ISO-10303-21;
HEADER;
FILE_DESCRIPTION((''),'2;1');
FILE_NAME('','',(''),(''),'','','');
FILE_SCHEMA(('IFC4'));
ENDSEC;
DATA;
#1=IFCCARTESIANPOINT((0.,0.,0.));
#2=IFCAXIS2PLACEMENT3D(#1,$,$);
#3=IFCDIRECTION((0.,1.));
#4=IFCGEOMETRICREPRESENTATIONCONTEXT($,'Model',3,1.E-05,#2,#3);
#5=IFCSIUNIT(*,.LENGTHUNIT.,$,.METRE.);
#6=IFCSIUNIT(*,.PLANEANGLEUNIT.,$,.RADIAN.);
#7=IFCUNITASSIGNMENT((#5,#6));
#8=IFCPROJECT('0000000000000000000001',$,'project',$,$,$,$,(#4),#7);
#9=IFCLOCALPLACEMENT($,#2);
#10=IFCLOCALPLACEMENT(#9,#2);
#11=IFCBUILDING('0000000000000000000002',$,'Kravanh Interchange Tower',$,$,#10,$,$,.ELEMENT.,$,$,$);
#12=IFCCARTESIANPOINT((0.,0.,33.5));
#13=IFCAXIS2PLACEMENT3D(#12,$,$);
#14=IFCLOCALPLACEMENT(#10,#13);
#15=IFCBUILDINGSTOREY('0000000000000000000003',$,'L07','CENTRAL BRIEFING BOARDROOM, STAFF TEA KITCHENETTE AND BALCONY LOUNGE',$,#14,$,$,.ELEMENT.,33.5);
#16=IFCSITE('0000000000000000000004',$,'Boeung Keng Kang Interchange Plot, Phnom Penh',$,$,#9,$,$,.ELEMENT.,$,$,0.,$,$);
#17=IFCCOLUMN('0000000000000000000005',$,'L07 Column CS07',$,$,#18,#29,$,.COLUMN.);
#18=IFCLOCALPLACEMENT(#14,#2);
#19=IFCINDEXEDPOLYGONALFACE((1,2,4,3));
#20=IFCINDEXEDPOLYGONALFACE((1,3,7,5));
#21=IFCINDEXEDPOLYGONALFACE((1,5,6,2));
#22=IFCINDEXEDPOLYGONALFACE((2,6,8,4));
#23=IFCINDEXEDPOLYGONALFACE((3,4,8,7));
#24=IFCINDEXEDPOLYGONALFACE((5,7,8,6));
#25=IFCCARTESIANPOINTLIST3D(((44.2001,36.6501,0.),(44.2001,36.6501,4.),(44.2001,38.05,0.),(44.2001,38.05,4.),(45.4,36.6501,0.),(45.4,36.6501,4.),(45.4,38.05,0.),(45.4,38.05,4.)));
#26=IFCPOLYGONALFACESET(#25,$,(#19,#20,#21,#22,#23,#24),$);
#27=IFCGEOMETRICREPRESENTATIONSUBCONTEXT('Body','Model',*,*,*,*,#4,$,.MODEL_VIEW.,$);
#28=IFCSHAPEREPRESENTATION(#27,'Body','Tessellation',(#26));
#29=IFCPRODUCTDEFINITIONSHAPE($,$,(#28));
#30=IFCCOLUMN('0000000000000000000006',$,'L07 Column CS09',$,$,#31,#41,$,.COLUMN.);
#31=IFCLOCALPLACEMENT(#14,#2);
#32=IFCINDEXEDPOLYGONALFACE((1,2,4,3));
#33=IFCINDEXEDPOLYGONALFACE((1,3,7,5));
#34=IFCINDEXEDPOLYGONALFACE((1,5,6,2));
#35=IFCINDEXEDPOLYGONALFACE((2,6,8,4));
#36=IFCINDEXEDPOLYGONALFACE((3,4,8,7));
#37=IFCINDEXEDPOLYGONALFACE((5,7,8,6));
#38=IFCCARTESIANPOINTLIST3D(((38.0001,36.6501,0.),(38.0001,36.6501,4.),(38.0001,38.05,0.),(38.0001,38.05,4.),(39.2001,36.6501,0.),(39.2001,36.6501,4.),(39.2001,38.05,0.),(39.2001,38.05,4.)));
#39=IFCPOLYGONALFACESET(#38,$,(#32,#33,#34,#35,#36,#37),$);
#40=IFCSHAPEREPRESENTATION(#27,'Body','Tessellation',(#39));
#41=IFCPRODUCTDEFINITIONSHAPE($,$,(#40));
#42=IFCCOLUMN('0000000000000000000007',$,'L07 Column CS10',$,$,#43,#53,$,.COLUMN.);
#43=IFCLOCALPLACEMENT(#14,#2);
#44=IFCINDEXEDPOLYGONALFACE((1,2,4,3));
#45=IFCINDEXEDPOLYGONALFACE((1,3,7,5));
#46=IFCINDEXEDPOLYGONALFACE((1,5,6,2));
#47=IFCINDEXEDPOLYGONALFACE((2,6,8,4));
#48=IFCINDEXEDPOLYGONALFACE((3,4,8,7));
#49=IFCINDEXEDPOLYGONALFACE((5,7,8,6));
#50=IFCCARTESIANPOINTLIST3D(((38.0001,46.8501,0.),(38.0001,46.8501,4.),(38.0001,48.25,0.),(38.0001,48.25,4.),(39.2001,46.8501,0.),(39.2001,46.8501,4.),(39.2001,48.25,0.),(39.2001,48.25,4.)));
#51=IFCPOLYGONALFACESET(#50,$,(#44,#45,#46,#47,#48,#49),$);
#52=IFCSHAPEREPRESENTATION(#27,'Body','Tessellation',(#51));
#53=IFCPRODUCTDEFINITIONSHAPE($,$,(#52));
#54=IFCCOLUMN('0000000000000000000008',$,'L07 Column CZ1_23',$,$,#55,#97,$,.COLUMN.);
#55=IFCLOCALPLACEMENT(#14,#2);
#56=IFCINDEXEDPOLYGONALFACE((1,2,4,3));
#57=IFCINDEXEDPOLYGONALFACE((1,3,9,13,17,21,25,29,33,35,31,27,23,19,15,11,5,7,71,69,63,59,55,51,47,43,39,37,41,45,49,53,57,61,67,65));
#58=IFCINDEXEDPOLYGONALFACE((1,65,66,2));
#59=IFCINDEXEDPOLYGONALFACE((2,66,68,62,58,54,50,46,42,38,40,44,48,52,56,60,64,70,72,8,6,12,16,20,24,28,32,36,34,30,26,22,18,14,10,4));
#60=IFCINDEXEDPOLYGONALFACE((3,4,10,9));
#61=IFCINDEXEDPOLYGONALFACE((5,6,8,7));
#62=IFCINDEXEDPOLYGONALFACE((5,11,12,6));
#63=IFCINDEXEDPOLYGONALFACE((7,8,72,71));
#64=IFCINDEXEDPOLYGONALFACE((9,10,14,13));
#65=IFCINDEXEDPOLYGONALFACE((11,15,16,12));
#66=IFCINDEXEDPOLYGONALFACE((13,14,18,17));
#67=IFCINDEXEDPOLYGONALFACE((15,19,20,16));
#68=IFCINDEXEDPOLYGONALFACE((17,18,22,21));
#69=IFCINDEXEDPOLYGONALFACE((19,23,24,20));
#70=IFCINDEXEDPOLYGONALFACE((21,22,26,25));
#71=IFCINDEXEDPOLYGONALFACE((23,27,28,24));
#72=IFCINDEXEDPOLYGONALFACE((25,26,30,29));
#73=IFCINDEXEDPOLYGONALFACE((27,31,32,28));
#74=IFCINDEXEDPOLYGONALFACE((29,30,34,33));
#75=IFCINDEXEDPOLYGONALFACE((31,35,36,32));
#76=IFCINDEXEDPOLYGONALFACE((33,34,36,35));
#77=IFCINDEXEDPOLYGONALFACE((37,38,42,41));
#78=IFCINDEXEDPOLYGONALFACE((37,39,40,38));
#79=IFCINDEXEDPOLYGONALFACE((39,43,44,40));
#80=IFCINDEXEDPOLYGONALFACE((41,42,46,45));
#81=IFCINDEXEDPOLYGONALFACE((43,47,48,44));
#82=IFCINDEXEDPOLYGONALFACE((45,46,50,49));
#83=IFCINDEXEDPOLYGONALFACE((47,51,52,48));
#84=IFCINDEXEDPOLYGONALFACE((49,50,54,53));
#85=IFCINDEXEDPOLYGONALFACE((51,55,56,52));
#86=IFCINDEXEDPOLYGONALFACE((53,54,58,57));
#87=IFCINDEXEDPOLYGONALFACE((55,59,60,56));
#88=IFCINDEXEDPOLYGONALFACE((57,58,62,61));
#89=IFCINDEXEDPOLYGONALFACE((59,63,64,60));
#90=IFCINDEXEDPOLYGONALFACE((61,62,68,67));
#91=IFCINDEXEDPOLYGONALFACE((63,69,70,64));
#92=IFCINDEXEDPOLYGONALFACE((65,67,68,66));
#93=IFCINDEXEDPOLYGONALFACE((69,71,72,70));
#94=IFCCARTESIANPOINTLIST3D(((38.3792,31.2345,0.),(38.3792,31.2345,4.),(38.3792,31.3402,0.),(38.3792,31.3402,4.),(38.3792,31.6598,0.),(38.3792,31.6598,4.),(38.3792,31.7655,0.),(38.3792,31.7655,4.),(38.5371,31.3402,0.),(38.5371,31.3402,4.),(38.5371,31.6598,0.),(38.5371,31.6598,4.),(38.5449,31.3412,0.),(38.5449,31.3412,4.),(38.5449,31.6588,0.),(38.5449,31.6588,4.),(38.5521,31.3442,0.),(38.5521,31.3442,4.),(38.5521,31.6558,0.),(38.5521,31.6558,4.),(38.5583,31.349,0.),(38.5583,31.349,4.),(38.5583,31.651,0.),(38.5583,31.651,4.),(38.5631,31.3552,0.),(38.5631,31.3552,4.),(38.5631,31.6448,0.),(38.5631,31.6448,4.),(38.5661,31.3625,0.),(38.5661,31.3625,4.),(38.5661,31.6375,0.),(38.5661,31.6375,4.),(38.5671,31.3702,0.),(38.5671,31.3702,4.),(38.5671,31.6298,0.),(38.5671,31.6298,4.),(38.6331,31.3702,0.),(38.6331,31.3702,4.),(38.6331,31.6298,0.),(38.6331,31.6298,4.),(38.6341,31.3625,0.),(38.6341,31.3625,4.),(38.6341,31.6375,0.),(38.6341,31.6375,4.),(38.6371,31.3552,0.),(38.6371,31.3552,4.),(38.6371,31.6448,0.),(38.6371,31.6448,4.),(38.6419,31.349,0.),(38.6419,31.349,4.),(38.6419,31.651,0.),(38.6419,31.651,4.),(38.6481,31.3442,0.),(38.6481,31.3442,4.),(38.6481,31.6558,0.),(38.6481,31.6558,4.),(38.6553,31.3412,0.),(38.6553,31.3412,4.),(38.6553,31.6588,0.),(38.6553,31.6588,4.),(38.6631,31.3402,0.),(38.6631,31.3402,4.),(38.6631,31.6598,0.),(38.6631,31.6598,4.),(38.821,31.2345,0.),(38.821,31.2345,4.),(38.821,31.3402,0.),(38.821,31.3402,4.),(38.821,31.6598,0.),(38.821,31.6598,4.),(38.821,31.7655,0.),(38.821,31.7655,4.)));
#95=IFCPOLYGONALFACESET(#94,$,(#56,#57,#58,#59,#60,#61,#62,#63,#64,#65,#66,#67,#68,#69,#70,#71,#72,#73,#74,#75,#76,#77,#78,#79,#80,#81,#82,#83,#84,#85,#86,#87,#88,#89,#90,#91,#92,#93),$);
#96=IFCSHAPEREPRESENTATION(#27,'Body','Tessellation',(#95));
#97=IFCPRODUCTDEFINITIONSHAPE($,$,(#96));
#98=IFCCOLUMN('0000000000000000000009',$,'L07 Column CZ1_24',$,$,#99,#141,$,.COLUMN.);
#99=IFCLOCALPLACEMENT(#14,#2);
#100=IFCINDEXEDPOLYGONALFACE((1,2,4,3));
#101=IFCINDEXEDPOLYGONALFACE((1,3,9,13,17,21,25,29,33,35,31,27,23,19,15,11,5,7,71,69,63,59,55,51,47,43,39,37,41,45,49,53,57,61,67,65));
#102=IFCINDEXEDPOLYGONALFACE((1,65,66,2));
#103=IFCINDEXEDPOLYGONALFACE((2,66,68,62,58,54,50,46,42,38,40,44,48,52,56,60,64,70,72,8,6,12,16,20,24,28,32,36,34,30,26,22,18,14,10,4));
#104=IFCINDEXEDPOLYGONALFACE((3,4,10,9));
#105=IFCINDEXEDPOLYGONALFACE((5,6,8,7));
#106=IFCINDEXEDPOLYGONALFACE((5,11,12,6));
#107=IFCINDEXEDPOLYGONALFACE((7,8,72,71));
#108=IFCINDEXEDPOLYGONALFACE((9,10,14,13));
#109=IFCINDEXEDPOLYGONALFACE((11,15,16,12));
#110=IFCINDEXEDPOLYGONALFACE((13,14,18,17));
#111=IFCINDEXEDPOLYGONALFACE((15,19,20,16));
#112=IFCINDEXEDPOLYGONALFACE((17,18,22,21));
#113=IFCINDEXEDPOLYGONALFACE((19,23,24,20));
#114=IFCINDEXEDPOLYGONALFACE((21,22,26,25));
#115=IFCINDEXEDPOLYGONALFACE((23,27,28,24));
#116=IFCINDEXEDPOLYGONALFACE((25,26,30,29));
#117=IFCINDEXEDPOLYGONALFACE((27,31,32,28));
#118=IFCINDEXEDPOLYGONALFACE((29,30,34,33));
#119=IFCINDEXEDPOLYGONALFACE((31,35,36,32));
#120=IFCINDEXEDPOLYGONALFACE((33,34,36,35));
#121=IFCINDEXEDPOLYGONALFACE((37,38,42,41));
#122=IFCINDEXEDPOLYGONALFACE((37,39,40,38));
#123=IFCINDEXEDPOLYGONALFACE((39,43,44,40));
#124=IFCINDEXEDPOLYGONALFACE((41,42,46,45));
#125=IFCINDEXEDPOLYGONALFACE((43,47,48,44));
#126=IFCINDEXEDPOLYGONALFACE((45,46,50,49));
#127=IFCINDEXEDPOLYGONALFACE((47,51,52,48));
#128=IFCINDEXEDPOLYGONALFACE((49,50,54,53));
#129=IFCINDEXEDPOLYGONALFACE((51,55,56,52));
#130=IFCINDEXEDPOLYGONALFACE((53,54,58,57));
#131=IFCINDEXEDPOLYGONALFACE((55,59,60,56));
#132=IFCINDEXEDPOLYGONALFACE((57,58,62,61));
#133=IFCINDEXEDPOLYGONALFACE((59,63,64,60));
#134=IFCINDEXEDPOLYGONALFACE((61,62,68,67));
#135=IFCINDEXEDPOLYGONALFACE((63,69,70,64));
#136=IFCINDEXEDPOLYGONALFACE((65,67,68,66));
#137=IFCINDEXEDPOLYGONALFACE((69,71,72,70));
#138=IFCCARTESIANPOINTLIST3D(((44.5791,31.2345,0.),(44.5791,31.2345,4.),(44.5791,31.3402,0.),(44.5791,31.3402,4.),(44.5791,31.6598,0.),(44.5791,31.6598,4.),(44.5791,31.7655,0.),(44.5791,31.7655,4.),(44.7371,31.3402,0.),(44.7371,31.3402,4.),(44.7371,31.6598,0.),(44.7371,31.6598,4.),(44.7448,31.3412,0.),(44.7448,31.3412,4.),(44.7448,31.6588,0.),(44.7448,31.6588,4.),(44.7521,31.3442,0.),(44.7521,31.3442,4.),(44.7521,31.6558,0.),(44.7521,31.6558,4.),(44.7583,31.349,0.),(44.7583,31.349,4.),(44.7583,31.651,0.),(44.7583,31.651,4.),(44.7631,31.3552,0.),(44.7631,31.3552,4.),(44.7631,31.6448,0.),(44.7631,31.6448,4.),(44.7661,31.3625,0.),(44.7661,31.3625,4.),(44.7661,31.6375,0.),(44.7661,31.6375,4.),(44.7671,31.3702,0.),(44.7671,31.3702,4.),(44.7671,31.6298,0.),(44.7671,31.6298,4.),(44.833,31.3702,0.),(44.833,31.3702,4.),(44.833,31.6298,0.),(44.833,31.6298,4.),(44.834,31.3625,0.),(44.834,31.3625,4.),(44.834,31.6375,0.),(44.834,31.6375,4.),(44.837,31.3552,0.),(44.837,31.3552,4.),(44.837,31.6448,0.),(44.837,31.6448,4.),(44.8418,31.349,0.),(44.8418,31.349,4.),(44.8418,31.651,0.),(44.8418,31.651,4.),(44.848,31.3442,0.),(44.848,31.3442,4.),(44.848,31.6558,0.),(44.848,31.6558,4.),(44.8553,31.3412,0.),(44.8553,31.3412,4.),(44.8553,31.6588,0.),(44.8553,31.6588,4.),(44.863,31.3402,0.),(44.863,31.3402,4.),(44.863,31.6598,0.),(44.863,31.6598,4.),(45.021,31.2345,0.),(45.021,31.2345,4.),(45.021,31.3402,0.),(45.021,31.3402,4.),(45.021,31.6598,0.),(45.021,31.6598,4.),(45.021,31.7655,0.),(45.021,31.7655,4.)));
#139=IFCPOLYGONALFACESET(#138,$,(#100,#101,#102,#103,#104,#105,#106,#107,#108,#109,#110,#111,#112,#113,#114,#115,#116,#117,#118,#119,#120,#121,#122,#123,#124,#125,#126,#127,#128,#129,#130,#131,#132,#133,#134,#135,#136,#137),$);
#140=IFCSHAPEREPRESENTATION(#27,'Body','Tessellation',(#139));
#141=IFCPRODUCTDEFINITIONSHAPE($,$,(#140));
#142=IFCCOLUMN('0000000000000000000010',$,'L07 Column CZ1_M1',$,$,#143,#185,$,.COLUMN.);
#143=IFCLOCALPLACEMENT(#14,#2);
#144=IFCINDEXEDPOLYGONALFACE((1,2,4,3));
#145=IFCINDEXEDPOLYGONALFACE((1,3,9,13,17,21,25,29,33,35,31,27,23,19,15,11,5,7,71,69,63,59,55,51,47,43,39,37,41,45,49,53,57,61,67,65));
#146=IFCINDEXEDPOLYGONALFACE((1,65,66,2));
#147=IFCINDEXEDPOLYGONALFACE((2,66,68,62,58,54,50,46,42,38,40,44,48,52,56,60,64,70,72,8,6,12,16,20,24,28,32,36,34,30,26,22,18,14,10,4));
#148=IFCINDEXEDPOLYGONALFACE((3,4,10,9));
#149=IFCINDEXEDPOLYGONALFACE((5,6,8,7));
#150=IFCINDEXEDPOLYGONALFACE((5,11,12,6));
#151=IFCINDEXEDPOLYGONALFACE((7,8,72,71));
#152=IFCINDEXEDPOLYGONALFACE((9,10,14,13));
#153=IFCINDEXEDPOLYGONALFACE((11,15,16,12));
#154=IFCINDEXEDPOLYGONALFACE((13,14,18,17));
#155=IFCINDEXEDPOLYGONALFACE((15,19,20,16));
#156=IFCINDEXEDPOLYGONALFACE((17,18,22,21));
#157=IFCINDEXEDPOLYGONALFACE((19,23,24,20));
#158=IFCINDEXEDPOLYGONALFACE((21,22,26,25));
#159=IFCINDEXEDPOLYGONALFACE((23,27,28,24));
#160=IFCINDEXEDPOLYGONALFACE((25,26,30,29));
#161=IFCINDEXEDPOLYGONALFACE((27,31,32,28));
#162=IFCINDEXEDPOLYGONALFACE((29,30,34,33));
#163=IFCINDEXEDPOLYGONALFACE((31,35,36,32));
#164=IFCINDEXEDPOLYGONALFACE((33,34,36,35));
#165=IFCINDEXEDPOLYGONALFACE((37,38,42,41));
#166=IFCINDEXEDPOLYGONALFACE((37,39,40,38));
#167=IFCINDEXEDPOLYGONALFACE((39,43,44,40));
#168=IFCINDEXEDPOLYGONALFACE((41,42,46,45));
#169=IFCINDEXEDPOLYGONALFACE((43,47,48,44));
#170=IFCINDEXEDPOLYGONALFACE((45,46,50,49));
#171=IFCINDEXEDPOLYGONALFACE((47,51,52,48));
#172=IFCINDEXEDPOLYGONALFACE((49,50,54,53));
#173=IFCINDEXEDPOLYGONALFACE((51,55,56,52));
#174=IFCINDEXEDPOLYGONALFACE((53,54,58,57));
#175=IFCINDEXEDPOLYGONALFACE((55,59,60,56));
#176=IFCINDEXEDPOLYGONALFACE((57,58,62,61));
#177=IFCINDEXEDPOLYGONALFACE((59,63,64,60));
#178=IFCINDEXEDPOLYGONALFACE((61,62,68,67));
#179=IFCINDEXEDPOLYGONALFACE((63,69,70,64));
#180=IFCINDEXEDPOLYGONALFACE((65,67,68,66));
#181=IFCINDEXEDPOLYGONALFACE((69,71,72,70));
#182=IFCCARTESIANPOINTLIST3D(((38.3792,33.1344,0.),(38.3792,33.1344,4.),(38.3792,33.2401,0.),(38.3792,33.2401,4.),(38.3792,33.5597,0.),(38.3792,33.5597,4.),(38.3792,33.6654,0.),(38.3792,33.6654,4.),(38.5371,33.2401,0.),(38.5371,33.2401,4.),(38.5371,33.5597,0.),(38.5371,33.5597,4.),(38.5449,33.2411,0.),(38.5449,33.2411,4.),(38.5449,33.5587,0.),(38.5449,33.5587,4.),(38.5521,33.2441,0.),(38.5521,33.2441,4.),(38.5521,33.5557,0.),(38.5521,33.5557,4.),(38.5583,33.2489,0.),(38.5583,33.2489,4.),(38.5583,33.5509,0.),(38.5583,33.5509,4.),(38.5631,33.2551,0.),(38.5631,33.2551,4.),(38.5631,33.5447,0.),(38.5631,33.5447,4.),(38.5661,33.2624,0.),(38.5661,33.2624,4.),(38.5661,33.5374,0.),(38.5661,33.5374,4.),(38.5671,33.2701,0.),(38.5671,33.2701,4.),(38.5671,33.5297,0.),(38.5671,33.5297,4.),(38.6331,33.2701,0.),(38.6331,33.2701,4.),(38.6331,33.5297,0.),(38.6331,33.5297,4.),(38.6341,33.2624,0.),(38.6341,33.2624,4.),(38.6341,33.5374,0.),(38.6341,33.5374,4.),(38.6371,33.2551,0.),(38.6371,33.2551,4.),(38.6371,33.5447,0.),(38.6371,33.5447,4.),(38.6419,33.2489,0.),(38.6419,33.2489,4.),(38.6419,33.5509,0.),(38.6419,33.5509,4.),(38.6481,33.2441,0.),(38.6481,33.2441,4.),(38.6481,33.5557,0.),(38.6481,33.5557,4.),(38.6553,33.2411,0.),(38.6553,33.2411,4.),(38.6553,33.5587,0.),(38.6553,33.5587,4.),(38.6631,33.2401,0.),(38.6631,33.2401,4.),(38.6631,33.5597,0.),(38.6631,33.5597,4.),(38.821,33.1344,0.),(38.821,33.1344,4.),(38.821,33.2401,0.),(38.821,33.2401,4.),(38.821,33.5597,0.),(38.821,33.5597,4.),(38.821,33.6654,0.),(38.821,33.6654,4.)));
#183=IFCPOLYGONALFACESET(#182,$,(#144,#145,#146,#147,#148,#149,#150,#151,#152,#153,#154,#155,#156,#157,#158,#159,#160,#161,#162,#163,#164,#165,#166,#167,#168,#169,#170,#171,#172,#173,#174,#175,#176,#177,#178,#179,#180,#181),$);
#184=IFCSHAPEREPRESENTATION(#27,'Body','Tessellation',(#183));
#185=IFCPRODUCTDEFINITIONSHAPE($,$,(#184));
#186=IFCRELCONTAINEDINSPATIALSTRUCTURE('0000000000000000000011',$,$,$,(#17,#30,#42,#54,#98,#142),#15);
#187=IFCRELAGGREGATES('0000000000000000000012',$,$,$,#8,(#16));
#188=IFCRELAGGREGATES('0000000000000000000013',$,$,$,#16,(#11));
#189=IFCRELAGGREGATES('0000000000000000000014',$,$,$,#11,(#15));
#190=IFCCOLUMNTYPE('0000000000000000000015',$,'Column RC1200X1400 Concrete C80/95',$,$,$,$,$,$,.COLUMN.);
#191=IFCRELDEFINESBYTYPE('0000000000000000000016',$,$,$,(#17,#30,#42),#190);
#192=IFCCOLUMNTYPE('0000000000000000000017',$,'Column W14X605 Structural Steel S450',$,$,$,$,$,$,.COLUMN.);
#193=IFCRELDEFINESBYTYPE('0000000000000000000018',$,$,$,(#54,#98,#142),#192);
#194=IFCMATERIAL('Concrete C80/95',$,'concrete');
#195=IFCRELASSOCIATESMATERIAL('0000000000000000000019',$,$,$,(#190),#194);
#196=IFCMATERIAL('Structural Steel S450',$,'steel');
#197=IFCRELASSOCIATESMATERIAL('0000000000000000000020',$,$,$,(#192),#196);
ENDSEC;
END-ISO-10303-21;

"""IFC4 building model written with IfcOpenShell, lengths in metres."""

from ifc_helpers import new_model, si_unit, direction, frame, origin, origin_2d, place, context, subcontext, project, spatial, rectangle, i_section, extrude, material, material_profile, profile_set, type_object, element, save


model = new_model("IFC4")

# Units and contexts
model_context = context("Model", 3, precision=1e-05, world=origin(), true_north=direction((0.0, 1.0)))
body_context = subcontext(model_context, "Body", "Model", "MODEL_VIEW")
ifc_project = project(units=[si_unit("LENGTHUNIT", "METRE"), si_unit("PLANEANGLEUNIT", "RADIAN")], contexts=[model_context])

# Site, building, storey
site_placement = place(None, origin())
site = spatial("IfcSite", under=ifc_project, at=site_placement, Name="Boeung Keng Kang Interchange Plot, Phnom Penh", CompositionType="ELEMENT", RefElevation=0.0)
building_placement = place(site_placement, origin())
building = spatial("IfcBuilding", under=site, at=building_placement, Name="Kravanh Interchange Tower", CompositionType="ELEMENT")
storey_placement = place(building_placement, frame((0.0, 0.0, 33.5)))
storey = spatial("IfcBuildingStorey", under=building, at=storey_placement, Name="L07", Description="CENTRAL BRIEFING BOARDROOM, STAFF TEA KITCHENETTE AND BALCONY LOUNGE", CompositionType="ELEMENT", Elevation=33.5)

# Columns
ifc_material_1 = material(Name="Concrete C80/95", Category="concrete")
ifc_material_profile_1 = material_profile(ifc_material_1, rectangle(XDim=1.2, YDim=1.3999, at=origin_2d()), Name="RC1200X1400")
ifc_profile_set_1 = profile_set([ifc_material_profile_1], Name="Concrete C80/95")
column_type_1 = type_object("IfcColumnType", Name="Column RC1200X1400 Concrete C80/95", PredefinedType="COLUMN", material=ifc_profile_set_1)
for number, where, z_axis, x_axis, name in (
    (1, (44.8, 37.3501, 0.0), (0.0, 0.0, 1.0), (1.0, 0.0, 0.0), "L07 Column CS07"),
    (2, (38.6001, 37.3501, 0.0), (0.0, 0.0, 1.0), (1.0, 0.0, 0.0), "L07 Column CS09"),
    (3, (38.6001, 47.55, 0.0), (0.0, 0.0, 1.0), (1.0, 0.0, 0.0), "L07 Column CS10"),
):
    element("IfcColumn", number, at=place(storey_placement, frame(where, z_axis=z_axis, x_axis=x_axis)), inside=storey, type_object=column_type_1, Name=name, PredefinedType="COLUMN", context=body_context, shape_type="SweptSolid", body=[
        extrude(rectangle(XDim=1.2, YDim=1.3999, at=origin_2d()), origin(), (0.0, 0.0, 1.0), 4.0),
    ])
ifc_material_2 = material(Name="Structural Steel S450", Category="steel")
ifc_material_profile_2 = material_profile(ifc_material_2, i_section(OverallWidth=0.4419, OverallDepth=0.531, WebThickness=0.0659, FlangeThickness=0.1057, FilletRadius=0.03, at=origin_2d()), Name="W14X605")
ifc_profile_set_2 = profile_set([ifc_material_profile_2], Name="Structural Steel S450")
column_type_2 = type_object("IfcColumnType", Name="Column W14X605 Structural Steel S450", PredefinedType="COLUMN", material=ifc_profile_set_2)
for number, where, z_axis, x_axis, name in (
    (4, (38.6001, 31.5, 0.0), (0.0, 0.0, 1.0), (1.0, 0.0, 0.0), "L07 Column CZ1_23"),
    (5, (44.8, 31.5, 0.0), (0.0, 0.0, 1.0), (1.0, 0.0, 0.0), "L07 Column CZ1_24"),
    (6, (38.6001, 33.3999, 0.0), (0.0, 0.0, 1.0), (1.0, 0.0, 0.0), "L07 Column CZ1_M1"),
):
    element("IfcColumn", number, at=place(storey_placement, frame(where, z_axis=z_axis, x_axis=x_axis)), inside=storey, type_object=column_type_2, Name=name, PredefinedType="COLUMN", context=body_context, shape_type="SweptSolid", body=[
        extrude(i_section(OverallWidth=0.4419, OverallDepth=0.531, WebThickness=0.0659, FlangeThickness=0.1057, FilletRadius=0.03, at=origin_2d()), origin(), (0.0, 0.0, 1.0), 4.0),
    ])

save(model, "model.ifc")
